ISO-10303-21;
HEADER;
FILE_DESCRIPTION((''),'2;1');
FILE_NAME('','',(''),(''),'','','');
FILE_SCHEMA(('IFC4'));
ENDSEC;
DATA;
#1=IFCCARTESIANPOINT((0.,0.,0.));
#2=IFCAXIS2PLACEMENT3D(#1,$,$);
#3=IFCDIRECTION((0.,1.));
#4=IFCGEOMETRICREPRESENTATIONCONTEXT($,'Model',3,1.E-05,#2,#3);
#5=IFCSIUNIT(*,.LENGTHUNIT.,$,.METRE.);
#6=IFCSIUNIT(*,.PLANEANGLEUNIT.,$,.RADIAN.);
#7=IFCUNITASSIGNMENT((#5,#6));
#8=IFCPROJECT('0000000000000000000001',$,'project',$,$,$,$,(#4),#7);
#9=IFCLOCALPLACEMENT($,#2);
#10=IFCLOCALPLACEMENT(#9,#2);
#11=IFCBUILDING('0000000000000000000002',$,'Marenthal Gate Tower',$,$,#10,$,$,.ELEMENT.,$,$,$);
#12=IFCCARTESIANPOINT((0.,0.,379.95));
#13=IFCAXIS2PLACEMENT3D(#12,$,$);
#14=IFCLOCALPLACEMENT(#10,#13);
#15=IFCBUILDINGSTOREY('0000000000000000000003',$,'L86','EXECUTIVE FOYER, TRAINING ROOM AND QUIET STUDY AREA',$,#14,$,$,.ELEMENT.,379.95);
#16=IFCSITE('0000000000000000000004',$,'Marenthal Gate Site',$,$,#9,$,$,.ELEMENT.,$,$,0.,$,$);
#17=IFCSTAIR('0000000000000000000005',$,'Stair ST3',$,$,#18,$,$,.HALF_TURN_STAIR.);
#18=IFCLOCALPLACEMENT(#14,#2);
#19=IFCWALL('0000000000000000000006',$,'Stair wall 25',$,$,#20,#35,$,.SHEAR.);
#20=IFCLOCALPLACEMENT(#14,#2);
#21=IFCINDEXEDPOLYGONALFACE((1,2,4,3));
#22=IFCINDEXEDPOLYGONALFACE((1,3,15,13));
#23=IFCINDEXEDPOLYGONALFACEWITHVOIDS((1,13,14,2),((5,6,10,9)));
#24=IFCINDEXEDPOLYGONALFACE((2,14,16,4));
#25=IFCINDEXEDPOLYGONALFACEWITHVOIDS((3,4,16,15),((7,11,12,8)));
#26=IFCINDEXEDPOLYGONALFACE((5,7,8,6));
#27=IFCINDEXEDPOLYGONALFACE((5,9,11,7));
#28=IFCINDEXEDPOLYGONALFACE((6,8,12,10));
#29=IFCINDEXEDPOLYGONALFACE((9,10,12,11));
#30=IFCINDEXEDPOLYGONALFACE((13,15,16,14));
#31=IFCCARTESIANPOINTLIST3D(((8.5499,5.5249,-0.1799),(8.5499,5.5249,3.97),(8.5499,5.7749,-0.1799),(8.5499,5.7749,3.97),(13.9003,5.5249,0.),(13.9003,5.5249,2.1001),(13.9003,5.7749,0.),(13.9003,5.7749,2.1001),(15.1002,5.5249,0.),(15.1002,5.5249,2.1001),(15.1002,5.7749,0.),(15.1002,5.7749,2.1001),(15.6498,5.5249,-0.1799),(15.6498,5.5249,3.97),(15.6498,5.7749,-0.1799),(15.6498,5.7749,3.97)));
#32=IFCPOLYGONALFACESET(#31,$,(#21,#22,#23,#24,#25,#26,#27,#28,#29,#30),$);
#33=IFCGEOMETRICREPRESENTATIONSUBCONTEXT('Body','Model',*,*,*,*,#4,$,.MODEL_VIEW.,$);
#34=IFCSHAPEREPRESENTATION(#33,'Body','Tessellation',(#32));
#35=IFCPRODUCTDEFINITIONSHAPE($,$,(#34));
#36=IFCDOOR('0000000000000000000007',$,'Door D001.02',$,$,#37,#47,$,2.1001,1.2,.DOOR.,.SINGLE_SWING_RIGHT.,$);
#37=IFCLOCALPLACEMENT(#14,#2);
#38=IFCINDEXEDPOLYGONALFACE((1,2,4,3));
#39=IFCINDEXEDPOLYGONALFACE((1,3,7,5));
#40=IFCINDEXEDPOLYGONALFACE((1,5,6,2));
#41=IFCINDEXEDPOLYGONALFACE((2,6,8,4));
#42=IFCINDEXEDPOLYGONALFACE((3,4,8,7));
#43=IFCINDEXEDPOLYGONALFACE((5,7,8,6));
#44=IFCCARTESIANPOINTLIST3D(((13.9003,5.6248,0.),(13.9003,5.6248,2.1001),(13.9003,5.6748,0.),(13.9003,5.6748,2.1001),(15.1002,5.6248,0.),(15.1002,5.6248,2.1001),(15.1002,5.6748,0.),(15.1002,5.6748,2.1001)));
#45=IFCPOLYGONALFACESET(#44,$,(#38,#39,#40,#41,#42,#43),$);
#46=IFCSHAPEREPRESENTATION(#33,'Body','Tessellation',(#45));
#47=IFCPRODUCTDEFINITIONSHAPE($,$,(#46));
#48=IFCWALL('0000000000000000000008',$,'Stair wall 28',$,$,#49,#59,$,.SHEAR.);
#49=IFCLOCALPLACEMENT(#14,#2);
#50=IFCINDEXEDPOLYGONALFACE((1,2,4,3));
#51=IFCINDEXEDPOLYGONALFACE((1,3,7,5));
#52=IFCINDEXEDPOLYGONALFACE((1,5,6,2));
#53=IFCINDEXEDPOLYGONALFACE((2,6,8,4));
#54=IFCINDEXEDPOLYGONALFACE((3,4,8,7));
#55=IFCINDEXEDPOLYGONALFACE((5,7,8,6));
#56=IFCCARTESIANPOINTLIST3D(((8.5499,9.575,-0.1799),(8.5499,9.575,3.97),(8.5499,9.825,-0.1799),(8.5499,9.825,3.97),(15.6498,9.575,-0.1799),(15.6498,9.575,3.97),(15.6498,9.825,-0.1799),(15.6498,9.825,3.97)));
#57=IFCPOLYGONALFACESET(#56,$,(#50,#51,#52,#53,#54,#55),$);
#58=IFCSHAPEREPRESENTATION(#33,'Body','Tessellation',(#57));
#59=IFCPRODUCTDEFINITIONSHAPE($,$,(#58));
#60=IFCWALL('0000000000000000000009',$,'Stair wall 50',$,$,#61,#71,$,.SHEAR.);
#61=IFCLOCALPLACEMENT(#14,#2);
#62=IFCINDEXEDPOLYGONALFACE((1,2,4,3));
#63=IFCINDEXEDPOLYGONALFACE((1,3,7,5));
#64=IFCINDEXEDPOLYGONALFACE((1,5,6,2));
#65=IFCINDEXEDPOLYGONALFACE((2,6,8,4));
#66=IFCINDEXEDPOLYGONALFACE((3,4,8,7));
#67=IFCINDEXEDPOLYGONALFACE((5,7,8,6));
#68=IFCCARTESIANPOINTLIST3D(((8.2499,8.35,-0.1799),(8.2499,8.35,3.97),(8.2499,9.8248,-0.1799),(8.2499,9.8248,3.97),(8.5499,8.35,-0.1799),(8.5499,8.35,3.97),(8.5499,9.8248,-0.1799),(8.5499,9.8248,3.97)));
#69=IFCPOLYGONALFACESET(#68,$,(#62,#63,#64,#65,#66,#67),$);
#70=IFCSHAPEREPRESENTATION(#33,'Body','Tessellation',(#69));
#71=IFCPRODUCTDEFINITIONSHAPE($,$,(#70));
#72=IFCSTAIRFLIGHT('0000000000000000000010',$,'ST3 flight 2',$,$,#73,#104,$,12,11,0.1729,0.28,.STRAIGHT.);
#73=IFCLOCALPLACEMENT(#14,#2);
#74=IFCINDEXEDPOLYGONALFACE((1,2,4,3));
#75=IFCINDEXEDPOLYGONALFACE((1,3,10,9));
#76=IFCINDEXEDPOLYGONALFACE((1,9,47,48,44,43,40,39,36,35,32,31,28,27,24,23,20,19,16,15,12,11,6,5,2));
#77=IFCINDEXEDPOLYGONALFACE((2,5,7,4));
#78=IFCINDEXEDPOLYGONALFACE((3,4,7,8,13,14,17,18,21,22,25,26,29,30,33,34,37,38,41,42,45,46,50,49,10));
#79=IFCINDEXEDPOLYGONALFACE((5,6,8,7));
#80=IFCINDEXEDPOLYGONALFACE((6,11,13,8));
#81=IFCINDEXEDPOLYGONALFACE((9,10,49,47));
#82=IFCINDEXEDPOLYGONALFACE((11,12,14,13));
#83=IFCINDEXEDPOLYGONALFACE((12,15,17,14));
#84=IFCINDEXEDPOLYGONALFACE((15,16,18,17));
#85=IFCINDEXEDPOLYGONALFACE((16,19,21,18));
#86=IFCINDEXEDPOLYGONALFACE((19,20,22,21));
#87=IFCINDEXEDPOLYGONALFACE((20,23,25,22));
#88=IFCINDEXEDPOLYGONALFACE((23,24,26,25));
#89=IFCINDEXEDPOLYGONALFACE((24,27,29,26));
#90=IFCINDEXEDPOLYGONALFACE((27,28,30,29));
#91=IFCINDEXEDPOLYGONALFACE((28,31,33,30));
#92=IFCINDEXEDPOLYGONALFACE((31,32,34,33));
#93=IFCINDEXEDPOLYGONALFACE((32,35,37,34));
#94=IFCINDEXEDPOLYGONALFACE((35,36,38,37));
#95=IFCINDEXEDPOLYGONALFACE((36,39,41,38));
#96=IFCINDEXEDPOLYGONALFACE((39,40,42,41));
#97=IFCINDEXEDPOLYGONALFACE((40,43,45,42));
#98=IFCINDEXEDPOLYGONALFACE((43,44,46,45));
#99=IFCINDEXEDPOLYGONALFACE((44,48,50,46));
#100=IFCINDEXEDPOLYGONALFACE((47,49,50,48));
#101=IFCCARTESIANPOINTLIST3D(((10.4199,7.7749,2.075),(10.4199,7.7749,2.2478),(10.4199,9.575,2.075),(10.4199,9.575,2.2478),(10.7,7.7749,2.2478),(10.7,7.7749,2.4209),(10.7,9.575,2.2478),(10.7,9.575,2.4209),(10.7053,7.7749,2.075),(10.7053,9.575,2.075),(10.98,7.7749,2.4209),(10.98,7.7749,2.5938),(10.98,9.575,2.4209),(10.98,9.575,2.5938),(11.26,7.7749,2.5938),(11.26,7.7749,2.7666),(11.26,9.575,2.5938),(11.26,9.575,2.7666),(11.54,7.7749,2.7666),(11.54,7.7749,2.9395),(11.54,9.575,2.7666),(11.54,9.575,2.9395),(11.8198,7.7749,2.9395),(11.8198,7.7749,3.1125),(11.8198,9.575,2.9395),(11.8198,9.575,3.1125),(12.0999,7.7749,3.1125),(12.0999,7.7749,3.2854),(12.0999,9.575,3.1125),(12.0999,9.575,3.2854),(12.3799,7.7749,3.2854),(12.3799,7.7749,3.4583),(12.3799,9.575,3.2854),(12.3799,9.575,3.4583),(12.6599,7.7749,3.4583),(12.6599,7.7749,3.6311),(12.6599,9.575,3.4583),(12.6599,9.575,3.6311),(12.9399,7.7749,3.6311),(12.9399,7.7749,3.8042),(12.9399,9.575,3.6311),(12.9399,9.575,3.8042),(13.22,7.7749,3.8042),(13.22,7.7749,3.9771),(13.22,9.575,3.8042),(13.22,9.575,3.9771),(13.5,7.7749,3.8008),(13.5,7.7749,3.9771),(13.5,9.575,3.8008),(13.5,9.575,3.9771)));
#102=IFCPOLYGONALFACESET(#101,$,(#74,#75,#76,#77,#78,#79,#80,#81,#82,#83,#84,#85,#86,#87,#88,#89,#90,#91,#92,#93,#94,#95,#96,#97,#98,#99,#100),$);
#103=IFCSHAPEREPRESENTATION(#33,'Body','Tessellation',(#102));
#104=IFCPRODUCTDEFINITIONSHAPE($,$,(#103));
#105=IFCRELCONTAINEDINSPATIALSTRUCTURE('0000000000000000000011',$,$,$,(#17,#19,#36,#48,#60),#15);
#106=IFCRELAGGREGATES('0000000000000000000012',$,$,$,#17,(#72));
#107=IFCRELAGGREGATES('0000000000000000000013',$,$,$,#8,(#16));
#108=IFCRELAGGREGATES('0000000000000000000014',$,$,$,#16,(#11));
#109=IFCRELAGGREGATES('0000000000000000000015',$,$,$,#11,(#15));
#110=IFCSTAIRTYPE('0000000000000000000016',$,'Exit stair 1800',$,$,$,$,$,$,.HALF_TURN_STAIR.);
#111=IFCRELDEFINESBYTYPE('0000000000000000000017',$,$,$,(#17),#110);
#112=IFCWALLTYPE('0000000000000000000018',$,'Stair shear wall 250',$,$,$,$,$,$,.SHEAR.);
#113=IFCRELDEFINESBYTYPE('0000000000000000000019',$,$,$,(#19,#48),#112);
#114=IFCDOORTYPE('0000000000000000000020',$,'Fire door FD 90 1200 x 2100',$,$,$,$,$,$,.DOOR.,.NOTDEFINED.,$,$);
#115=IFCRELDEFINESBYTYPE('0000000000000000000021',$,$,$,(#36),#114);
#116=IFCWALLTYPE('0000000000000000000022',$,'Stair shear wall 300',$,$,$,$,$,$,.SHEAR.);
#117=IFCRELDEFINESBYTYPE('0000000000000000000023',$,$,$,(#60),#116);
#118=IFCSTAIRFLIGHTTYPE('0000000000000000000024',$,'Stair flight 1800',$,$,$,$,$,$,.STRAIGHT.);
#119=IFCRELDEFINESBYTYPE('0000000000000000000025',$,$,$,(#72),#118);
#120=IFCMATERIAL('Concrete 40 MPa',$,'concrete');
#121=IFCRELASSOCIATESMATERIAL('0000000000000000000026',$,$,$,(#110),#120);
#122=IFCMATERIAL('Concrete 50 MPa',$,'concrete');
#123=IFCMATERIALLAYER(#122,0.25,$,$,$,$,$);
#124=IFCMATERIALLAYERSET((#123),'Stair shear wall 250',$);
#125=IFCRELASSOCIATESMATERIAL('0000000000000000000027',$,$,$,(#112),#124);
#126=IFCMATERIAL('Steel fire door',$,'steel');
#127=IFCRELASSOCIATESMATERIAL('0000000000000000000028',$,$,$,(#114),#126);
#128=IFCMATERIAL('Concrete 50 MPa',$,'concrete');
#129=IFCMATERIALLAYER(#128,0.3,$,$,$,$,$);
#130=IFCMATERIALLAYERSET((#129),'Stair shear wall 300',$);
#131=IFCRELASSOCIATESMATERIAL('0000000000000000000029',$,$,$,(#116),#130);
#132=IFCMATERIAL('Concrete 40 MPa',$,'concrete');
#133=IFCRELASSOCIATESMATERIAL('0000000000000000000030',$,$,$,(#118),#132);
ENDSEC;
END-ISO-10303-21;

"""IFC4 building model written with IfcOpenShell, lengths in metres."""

from ifc_helpers import new_model, si_unit, direction, frame, frame_2d, origin, place, context, subcontext, project, spatial, polyline, rectangle, outline, extrude, material, layer, layer_set, type_object, element, fill, aggregate, save


model = new_model("IFC4")

# Units and contexts
model_context = context("Model", 3, precision=1e-05, world=origin(), true_north=direction((0.0, 1.0)))
body_context = subcontext(model_context, "Body", "Model", "MODEL_VIEW")
ifc_project = project(units=[si_unit("LENGTHUNIT", "METRE"), si_unit("PLANEANGLEUNIT", "RADIAN")], contexts=[model_context])

# Site, building, storey
site_placement = place(None, origin())
site = spatial("IfcSite", under=ifc_project, at=site_placement, Name="Marenthal Gate Site", CompositionType="ELEMENT", RefElevation=0.0)
building_placement = place(site_placement, origin())
building = spatial("IfcBuilding", under=site, at=building_placement, Name="Marenthal Gate Tower", CompositionType="ELEMENT")
storey_placement = place(building_placement, frame((0.0, 0.0, 379.95)))
storey = spatial("IfcBuildingStorey", under=building, at=storey_placement, Name="L86", Description="EXECUTIVE FOYER, TRAINING ROOM AND QUIET STUDY AREA", CompositionType="ELEMENT", Elevation=379.95)

# Stair
ifc_material_1 = material(Name="Concrete 40 MPa", Category="concrete")
stair_type = type_object("IfcStairType", Name="Exit stair 1800", PredefinedType="HALF_TURN_STAIR", material=ifc_material_1)
stair_1_placement = place(storey_placement, origin())
stair_1 = element("IfcStair", 1, at=stair_1_placement, inside=storey, type_object=stair_type, Name="Stair ST3", PredefinedType="HALF_TURN_STAIR")

# Wall, opening, door
ifc_material_2 = material(Name="Concrete 50 MPa", Category="concrete")
ifc_layer_1 = layer(ifc_material_2, 0.25)
ifc_layer_set_1 = layer_set([ifc_layer_1], Name="Stair shear wall 250")
wall_type_1 = type_object("IfcWallType", Name="Stair shear wall 250", PredefinedType="SHEAR", material=ifc_layer_set_1)
wall_1_placement = place(storey_placement, frame((8.55, 5.6499, -0.1799), z_axis=(0.0, 0.0, 1.0), x_axis=(1.0, 0.0, 0.0)))
wall_1 = element("IfcWall", 2, at=wall_1_placement, inside=storey, type_object=wall_type_1, Name="Stair wall 25", PredefinedType="SHEAR", context=body_context, shape_type="SweptSolid", body=[
    extrude(rectangle(XDim=7.0999, YDim=0.25, at=frame_2d((3.5498, 0.0))), origin(), (0.0, 0.0, 1.0), 4.1499),
])
opening_placement = place(wall_1_placement, frame((5.3501, 0.0, 0.1799)))
opening = element("IfcOpeningElement", 3, at=opening_placement, cuts=wall_1, PredefinedType="OPENING", context=body_context, shape_type="SweptSolid", body=[
    extrude(rectangle(XDim=1.2, YDim=2.1001, at=frame_2d((0.6001, 1.05))), frame((0.0, 0.135, 0.0), z_axis=(0.0, -1.0, 0.0), x_axis=(1.0, 0.0, 0.0)), (0.0, 0.0, 1.0), 0.27),
])
ifc_material_3 = material(Name="Steel fire door", Category="steel")
door_type = type_object("IfcDoorType", Name="Fire door FD 90 1200 x 2100", OperationType="NOTDEFINED", PredefinedType="DOOR", material=ifc_material_3)
door_placement = place(opening_placement, origin())
door = element("IfcDoor", 4, at=door_placement, inside=storey, type_object=door_type, Name="Door D001.02", OperationType="SINGLE_SWING_RIGHT", OverallHeight=2.1001, OverallWidth=1.2, PredefinedType="DOOR", context=body_context, shape_type="SweptSolid", body=[
    extrude(rectangle(XDim=1.2, YDim=2.1001, at=frame_2d((0.6001, 1.05))), frame((0.0, 0.0249, 0.0), z_axis=(0.0, -1.0, 0.0), x_axis=(1.0, 0.0, 0.0)), (0.0, 0.0, 1.0), 0.05),
])
fill(opening, door)

# Walls
wall_2_placement = place(storey_placement, frame((8.55, 9.7, -0.1799), z_axis=(0.0, 0.0, 1.0), x_axis=(1.0, 0.0, 0.0)))
element("IfcWall", 5, at=wall_2_placement, inside=storey, type_object=wall_type_1, Name="Stair wall 28", PredefinedType="SHEAR", context=body_context, shape_type="SweptSolid", body=[
    extrude(rectangle(XDim=7.0999, YDim=0.25, at=frame_2d((3.5498, 0.0))), origin(), (0.0, 0.0, 1.0), 4.1499),
])
ifc_material_4 = material(Name="Concrete 50 MPa", Category="concrete")
ifc_layer_2 = layer(ifc_material_4, 0.3)
ifc_layer_set_2 = layer_set([ifc_layer_2], Name="Stair shear wall 300")
wall_type_2 = type_object("IfcWallType", Name="Stair shear wall 300", PredefinedType="SHEAR", material=ifc_layer_set_2)
wall_3_placement = place(storey_placement, frame((8.3999, 8.3501, -0.1799), z_axis=(0.0, 0.0, 1.0), x_axis=(0.0, 1.0, 0.0)))
element("IfcWall", 6, at=wall_3_placement, inside=storey, type_object=wall_type_2, Name="Stair wall 50", PredefinedType="SHEAR", context=body_context, shape_type="SweptSolid", body=[
    extrude(rectangle(XDim=1.4749, YDim=0.3, at=frame_2d((0.7373, 0.0))), origin(), (0.0, 0.0, 1.0), 4.1499),
])

# Stair flight
ifc_material_5 = material(Name="Concrete 40 MPa", Category="concrete")
stair_flight_type = type_object("IfcStairFlightType", Name="Stair flight 1800", PredefinedType="STRAIGHT", material=ifc_material_5)
stair_flight_placement = place(storey_placement, frame((10.4199, 8.675, 2.075), z_axis=(0.0, 0.0, 1.0), x_axis=(1.0, 0.0, 0.0)))
stair_flight = element("IfcStairFlight", 7, at=stair_flight_placement, type_object=stair_flight_type, Name="ST3 flight 2", NumberOfRisers=12, NumberOfTreads=11, PredefinedType="STRAIGHT", RiserHeight=0.1729, TreadLength=0.28, context=body_context, shape_type="SweptSolid", body=[
    extrude(outline(polyline([(0.0, 0.0), (0.0, 0.1729), (0.28, 0.1729), (0.28, 0.3459), (0.5601, 0.3459), (0.5601, 0.5188), (0.8401, 0.5188), (0.8401, 0.6917), (1.1201, 0.6917), (1.1201, 0.8645), (1.3999, 0.8645), (1.3999, 1.0376), (1.6799, 1.0376), (1.6799, 1.2104), (1.96, 1.2104), (1.96, 1.3833), (2.24, 1.3833), (2.24, 1.5562), (2.52, 1.5562), (2.52, 1.7292), (2.8, 1.7292), (2.8, 1.9021), (3.0801, 1.9021), (3.0801, 2.075), (3.0801, 1.7258), (0.2854, 0.0), (0.0, 0.0)])), frame((0.0, 0.8999, 0.0), z_axis=(0.0, -1.0, 0.0), x_axis=(1.0, 0.0, 0.0)), (0.0, 0.0, 1.0), 1.8),
])
aggregate(stair_1, [stair_flight])

save(model, "model.ifc")
